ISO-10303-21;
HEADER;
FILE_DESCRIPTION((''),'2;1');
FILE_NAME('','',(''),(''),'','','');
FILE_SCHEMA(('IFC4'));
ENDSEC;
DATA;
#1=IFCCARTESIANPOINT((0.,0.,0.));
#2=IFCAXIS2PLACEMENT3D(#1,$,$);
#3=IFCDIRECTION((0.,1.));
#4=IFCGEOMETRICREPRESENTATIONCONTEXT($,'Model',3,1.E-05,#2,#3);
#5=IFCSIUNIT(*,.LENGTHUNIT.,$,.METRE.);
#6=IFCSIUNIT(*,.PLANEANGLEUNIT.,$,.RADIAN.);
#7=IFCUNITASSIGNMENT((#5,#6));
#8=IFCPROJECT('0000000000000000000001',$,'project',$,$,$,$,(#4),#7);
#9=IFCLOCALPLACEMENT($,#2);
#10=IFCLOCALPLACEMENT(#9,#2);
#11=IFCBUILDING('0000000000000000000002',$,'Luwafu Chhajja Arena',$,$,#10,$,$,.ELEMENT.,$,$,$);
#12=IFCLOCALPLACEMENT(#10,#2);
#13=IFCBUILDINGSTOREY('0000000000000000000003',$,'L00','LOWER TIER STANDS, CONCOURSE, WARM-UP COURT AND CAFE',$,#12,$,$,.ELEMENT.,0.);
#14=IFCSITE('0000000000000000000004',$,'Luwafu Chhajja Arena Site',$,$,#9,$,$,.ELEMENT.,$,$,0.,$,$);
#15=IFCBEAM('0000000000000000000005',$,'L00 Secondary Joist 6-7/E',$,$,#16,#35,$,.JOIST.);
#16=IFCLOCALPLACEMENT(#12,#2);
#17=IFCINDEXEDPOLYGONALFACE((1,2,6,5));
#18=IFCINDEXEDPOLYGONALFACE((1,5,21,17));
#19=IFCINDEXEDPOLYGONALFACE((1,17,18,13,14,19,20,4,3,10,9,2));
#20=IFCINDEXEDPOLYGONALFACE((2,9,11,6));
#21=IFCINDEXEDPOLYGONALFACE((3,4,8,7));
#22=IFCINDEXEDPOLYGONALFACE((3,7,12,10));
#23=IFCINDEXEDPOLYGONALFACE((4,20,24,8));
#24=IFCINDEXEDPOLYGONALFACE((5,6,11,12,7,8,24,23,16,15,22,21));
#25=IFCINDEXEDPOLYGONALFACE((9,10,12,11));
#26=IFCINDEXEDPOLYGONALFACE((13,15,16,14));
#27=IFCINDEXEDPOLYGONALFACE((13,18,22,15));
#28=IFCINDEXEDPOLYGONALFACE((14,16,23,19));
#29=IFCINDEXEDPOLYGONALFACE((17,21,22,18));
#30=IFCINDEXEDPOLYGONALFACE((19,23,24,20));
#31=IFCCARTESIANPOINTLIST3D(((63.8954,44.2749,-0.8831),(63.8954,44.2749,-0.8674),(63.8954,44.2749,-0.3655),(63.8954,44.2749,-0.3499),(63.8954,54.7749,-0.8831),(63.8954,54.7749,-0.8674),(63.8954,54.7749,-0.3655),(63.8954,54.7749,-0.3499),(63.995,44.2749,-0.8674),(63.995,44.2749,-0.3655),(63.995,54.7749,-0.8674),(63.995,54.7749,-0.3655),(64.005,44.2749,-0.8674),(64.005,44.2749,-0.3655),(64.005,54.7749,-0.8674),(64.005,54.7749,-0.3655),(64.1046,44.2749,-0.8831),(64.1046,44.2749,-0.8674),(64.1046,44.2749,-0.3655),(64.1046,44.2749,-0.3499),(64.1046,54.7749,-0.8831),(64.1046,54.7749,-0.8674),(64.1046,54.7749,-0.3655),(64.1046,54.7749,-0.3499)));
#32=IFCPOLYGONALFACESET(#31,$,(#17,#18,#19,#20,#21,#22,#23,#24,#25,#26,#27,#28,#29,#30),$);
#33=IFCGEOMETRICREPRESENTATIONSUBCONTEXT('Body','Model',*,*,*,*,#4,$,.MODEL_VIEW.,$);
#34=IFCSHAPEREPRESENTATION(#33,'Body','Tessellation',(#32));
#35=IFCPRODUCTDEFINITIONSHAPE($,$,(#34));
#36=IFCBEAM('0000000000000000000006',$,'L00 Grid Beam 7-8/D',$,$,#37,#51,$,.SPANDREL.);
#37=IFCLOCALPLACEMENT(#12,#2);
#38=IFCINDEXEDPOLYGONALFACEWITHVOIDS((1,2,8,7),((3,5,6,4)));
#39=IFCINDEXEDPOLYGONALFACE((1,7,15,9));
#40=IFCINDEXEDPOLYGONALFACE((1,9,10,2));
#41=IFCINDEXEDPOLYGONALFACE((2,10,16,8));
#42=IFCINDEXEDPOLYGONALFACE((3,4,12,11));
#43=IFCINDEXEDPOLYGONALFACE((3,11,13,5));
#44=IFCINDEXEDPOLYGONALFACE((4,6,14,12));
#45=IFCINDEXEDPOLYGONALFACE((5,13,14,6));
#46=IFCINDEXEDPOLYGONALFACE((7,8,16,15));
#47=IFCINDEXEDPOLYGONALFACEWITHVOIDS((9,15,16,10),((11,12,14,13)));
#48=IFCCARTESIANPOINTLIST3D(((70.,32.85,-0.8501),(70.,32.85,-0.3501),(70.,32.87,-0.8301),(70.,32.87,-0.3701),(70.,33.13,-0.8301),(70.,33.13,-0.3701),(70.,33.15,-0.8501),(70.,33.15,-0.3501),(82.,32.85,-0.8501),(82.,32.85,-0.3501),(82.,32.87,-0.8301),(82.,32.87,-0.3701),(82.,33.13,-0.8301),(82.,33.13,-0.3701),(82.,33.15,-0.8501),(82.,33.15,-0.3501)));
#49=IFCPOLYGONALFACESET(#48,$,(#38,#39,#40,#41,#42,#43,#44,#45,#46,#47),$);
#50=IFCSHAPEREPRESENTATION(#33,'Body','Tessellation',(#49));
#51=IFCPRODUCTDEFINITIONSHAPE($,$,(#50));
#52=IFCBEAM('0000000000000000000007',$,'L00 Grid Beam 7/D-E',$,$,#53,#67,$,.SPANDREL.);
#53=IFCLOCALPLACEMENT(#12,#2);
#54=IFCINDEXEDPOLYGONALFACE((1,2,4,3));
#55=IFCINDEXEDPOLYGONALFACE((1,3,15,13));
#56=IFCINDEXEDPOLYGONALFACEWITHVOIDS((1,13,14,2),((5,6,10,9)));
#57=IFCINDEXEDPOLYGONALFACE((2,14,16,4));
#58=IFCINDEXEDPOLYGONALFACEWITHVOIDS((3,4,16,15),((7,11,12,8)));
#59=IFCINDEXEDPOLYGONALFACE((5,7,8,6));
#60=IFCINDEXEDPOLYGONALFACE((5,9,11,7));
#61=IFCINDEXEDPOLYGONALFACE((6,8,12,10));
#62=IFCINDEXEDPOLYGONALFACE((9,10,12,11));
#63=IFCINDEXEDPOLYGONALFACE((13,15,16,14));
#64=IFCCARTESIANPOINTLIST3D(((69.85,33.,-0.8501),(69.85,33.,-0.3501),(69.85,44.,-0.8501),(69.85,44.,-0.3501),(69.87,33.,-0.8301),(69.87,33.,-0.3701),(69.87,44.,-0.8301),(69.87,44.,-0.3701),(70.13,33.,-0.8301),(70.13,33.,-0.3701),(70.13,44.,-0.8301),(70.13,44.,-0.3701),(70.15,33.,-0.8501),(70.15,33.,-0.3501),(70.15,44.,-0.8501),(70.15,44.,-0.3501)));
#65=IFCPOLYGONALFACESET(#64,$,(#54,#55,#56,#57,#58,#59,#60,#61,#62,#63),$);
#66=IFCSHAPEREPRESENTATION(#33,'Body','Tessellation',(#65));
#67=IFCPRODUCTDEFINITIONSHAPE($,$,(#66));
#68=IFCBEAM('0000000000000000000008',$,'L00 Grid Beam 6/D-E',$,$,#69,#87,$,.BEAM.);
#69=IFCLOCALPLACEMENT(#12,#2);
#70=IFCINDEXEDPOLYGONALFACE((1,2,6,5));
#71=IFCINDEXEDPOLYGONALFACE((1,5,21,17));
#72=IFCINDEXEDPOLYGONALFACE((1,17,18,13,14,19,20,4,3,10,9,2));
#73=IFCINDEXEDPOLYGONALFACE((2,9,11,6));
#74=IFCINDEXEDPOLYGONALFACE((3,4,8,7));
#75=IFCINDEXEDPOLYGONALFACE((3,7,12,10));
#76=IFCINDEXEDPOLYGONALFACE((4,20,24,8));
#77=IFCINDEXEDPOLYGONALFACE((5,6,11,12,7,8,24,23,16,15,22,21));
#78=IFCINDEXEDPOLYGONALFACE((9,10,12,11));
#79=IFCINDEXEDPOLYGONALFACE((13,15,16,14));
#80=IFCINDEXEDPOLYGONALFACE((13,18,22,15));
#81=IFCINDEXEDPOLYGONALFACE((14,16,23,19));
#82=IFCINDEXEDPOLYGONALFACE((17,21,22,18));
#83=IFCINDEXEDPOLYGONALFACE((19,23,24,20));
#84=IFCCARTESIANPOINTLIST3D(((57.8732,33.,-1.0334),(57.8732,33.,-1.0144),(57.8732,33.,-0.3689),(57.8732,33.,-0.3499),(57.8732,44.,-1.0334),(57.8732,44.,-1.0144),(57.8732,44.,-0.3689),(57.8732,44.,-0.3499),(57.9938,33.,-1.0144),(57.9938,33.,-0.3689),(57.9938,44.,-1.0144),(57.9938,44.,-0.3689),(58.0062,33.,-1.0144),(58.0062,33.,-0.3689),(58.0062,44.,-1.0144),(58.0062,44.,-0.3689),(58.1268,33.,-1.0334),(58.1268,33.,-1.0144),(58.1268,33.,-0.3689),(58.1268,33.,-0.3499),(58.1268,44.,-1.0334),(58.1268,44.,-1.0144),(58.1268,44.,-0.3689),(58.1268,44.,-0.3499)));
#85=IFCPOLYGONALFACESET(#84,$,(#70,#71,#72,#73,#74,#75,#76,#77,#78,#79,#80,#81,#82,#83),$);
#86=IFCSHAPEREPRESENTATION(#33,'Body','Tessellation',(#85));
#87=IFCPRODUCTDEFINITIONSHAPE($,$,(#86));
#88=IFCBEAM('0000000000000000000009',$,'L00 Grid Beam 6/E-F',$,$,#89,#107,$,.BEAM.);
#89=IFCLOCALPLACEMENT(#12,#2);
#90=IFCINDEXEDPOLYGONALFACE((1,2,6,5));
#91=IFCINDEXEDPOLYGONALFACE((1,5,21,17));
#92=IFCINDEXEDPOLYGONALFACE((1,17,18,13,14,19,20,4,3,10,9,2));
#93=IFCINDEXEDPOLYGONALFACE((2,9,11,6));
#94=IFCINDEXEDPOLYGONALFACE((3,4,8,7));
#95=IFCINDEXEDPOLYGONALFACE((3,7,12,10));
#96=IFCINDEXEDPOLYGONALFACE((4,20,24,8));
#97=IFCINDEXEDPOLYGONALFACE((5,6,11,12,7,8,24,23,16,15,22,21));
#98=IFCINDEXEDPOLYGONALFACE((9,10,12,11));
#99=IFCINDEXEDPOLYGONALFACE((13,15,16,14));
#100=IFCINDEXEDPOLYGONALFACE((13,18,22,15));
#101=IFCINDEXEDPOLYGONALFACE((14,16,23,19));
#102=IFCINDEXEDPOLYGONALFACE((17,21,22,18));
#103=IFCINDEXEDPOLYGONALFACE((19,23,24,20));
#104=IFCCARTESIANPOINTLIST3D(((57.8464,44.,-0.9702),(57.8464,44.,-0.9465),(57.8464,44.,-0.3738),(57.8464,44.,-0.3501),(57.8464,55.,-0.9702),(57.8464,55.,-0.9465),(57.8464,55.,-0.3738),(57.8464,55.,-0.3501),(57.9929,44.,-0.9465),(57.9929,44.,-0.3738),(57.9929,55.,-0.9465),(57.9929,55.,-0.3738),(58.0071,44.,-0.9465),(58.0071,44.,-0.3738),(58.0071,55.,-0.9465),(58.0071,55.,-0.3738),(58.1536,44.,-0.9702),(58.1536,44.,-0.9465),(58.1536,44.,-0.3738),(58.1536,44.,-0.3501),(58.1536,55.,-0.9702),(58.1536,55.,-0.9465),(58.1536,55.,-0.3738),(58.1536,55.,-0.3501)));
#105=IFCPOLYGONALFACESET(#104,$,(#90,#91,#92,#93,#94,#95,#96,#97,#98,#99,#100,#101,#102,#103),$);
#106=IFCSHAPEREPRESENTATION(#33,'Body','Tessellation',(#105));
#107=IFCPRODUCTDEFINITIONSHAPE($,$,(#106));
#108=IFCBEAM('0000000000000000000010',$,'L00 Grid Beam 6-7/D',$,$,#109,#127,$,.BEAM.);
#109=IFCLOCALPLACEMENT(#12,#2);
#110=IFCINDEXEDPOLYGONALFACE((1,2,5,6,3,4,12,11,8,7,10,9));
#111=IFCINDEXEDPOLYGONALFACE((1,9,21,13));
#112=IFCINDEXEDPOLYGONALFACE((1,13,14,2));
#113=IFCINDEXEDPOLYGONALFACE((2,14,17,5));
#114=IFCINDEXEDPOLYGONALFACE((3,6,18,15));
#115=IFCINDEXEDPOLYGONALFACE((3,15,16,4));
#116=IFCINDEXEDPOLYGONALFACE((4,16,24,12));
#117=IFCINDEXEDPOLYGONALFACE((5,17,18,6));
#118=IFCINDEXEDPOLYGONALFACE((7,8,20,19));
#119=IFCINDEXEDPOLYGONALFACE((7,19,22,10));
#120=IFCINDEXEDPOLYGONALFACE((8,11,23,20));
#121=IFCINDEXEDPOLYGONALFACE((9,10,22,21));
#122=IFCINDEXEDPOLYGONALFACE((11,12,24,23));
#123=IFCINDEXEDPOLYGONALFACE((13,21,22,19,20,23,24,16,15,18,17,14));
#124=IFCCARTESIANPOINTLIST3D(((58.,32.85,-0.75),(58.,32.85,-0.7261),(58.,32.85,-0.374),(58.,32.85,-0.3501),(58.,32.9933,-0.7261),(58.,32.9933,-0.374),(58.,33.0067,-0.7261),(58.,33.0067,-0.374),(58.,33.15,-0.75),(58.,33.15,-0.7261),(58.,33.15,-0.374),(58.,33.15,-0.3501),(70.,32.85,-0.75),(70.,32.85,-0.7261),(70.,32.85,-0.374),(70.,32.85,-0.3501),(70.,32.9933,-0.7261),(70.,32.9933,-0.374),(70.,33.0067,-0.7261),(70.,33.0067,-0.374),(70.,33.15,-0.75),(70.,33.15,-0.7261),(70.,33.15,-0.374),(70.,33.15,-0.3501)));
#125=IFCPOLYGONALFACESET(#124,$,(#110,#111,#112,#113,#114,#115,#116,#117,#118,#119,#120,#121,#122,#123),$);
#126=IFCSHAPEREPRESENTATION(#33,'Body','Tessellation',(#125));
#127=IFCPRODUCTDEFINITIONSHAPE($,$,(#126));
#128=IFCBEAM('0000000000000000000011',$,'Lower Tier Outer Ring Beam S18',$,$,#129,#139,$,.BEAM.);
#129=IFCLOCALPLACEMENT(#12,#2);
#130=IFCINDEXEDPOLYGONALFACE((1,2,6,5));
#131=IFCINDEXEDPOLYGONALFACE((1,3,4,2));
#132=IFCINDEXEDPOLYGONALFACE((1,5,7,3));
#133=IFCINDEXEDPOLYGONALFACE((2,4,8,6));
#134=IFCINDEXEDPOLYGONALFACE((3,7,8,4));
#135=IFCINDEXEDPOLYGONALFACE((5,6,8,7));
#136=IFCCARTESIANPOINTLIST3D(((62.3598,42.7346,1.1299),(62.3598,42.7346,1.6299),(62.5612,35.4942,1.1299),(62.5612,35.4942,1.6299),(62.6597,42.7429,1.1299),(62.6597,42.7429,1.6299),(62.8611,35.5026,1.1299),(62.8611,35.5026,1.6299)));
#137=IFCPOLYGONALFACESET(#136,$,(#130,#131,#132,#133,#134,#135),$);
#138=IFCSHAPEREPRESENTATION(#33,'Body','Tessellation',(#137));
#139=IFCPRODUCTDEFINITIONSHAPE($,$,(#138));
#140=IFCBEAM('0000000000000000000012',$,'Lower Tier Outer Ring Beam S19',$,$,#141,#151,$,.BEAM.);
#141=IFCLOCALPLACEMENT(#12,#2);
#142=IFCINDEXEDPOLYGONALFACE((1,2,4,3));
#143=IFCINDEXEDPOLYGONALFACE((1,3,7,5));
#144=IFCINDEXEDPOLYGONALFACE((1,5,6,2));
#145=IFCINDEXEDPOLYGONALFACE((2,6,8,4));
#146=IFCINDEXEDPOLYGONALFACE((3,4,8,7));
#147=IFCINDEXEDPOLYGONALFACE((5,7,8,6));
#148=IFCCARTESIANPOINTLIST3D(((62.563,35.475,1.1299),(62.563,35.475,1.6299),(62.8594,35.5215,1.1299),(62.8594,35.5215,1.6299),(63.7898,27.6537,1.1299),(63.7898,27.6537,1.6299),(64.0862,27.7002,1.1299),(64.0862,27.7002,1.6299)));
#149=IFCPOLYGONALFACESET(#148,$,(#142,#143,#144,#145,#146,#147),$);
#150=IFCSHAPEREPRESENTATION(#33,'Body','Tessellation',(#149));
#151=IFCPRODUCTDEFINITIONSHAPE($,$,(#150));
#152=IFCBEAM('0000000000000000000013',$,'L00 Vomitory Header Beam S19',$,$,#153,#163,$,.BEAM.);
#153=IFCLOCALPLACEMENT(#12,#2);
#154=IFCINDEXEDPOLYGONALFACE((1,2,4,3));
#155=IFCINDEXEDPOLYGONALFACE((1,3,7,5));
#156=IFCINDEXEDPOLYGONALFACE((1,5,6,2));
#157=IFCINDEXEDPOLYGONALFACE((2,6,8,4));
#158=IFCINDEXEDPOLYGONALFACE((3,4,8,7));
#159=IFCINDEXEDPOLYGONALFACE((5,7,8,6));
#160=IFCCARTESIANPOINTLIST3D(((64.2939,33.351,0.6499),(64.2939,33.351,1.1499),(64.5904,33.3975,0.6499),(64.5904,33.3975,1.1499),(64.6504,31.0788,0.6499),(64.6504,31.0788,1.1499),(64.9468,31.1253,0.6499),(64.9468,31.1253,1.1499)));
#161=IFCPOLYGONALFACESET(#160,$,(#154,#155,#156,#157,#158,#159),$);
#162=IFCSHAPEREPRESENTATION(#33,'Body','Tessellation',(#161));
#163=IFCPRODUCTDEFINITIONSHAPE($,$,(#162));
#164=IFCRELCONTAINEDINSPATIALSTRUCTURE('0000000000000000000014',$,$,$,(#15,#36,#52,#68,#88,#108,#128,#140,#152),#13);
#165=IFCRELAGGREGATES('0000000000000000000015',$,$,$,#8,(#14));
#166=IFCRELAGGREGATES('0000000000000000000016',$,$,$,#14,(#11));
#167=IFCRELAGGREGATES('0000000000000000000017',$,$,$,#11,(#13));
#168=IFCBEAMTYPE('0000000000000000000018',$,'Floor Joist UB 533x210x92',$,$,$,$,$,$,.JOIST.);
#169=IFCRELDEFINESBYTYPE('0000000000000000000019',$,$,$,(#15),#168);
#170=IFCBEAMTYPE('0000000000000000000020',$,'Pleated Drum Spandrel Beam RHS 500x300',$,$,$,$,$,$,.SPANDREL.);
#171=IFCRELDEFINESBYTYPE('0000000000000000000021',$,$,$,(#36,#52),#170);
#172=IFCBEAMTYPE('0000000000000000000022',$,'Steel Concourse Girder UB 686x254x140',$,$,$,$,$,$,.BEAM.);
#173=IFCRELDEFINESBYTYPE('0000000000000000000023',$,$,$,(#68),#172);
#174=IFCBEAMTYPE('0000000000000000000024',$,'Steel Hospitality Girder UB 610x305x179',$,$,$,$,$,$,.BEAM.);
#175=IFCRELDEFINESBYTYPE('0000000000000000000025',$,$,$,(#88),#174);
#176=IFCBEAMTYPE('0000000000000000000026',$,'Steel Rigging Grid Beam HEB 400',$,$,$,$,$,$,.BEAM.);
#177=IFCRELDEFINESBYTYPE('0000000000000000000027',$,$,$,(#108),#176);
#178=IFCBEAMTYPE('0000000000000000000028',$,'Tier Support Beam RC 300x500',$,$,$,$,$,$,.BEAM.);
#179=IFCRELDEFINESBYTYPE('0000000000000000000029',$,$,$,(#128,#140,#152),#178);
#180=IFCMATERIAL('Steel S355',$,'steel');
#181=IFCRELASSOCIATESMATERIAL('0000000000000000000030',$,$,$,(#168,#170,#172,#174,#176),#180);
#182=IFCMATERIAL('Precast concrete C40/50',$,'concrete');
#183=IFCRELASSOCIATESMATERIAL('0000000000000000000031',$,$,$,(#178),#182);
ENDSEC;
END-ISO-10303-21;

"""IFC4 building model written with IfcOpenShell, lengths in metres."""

from ifc_helpers import new_model, si_unit, direction, frame, origin, origin_2d, place, context, subcontext, project, spatial, rectangle, hollow_rectangle, i_section, extrude, material, material_profile, profile_set, type_object, element, save


model = new_model("IFC4")

# Units and contexts
model_context = context("Model", 3, precision=1e-05, world=origin(), true_north=direction((0.0, 1.0)))
body_context = subcontext(model_context, "Body", "Model", "MODEL_VIEW")
ifc_project = project(units=[si_unit("LENGTHUNIT", "METRE"), si_unit("PLANEANGLEUNIT", "RADIAN")], contexts=[model_context])

# Site, building, storey
site_placement = place(None, origin())
site = spatial("IfcSite", under=ifc_project, at=site_placement, Name="Luwafu Chhajja Arena Site", CompositionType="ELEMENT", RefElevation=0.0)
building_placement = place(site_placement, origin())
building = spatial("IfcBuilding", under=site, at=building_placement, Name="Luwafu Chhajja Arena", CompositionType="ELEMENT")
storey_placement = place(building_placement, origin())
storey = spatial("IfcBuildingStorey", under=building, at=storey_placement, Name="L00", Description="LOWER TIER STANDS, CONCOURSE, WARM-UP COURT AND CAFE", CompositionType="ELEMENT", Elevation=0.0)

# Beams
ifc_material_1 = material(Name="Precast concrete C40/50", Category="concrete")
ifc_material_2 = material(Name="Steel S355", Category="steel")
ifc_material_profile_1 = material_profile(ifc_material_2, i_section(OverallWidth=0.2092, OverallDepth=0.5332, WebThickness=0.01, FlangeThickness=0.0156, at=origin_2d()), Name="UB 533x210x92")
ifc_profile_set_1 = profile_set([ifc_material_profile_1], Name="Steel S355")
beam_type_1 = type_object("IfcBeamType", Name="Floor Joist UB 533x210x92", PredefinedType="JOIST", material=ifc_profile_set_1)
beam_1_placement = place(storey_placement, frame((64.0, 44.2749, -0.6165), z_axis=(0.0, 1.0, 0.0), x_axis=(-1.0, 0.0, 0.0)))
element("IfcBeam", 1, at=beam_1_placement, inside=storey, type_object=beam_type_1, Name="L00 Secondary Joist 6-7/E", PredefinedType="JOIST", context=body_context, shape_type="SweptSolid", body=[
    extrude(i_section(OverallWidth=0.2092, OverallDepth=0.5332, WebThickness=0.01, FlangeThickness=0.0156, at=origin_2d()), origin(), (0.0, 0.0, 1.0), 10.5),
])
ifc_material_profile_2 = material_profile(ifc_material_2, hollow_rectangle(XDim=0.3, YDim=0.5, WallThickness=0.02, at=origin_2d()), Name="RHS 500x300x20")
ifc_profile_set_2 = profile_set([ifc_material_profile_2], Name="Steel S355")
beam_type_2 = type_object("IfcBeamType", Name="Pleated Drum Spandrel Beam RHS 500x300", PredefinedType="SPANDREL", material=ifc_profile_set_2)
beam_2_placement = place(storey_placement, frame((70.0, 33.0, -0.6001), z_axis=(1.0, 0.0, 0.0), x_axis=(0.0, 1.0, 0.0)))
element("IfcBeam", 2, at=beam_2_placement, inside=storey, type_object=beam_type_2, Name="L00 Grid Beam 7-8/D", PredefinedType="SPANDREL", context=body_context, shape_type="SweptSolid", body=[
    extrude(hollow_rectangle(XDim=0.3, YDim=0.5, WallThickness=0.02, at=origin_2d()), origin(), (0.0, 0.0, 1.0), 12.0),
])
beam_3_placement = place(storey_placement, frame((70.0, 33.0, -0.6001), z_axis=(0.0, 1.0, 0.0), x_axis=(-1.0, 0.0, 0.0)))
element("IfcBeam", 3, at=beam_3_placement, inside=storey, type_object=beam_type_2, Name="L00 Grid Beam 7/D-E", PredefinedType="SPANDREL", context=body_context, shape_type="SweptSolid", body=[
    extrude(hollow_rectangle(XDim=0.3, YDim=0.5, WallThickness=0.02, at=origin_2d()), origin(), (0.0, 0.0, 1.0), 11.0),
])
ifc_material_profile_3 = material_profile(ifc_material_2, i_section(OverallWidth=0.2537, OverallDepth=0.6836, WebThickness=0.0125, FlangeThickness=0.019, at=origin_2d()), Name="UB 686x254x140")
ifc_profile_set_3 = profile_set([ifc_material_profile_3], Name="Steel S355")
beam_type_3 = type_object("IfcBeamType", Name="Steel Concourse Girder UB 686x254x140", PredefinedType="BEAM", material=ifc_profile_set_3)
beam_4_placement = place(storey_placement, frame((58.0, 33.0, -0.6917), z_axis=(0.0, 1.0, 0.0), x_axis=(-1.0, 0.0, 0.0)))
element("IfcBeam", 4, at=beam_4_placement, inside=storey, type_object=beam_type_3, Name="L00 Grid Beam 6/D-E", PredefinedType="BEAM", context=body_context, shape_type="SweptSolid", body=[
    extrude(i_section(OverallWidth=0.2537, OverallDepth=0.6836, WebThickness=0.0125, FlangeThickness=0.019, at=origin_2d()), origin(), (0.0, 0.0, 1.0), 11.0),
])
ifc_material_profile_4 = material_profile(ifc_material_2, i_section(OverallWidth=0.3071, OverallDepth=0.6201, WebThickness=0.0142, FlangeThickness=0.0237, at=origin_2d()), Name="UB 610x305x179")
ifc_profile_set_4 = profile_set([ifc_material_profile_4], Name="Steel S355")
beam_type_4 = type_object("IfcBeamType", Name="Steel Hospitality Girder UB 610x305x179", PredefinedType="BEAM", material=ifc_profile_set_4)
beam_5_placement = place(storey_placement, frame((58.0, 44.0, -0.6602), z_axis=(0.0, 1.0, 0.0), x_axis=(-1.0, 0.0, 0.0)))
element("IfcBeam", 5, at=beam_5_placement, inside=storey, type_object=beam_type_4, Name="L00 Grid Beam 6/E-F", PredefinedType="BEAM", context=body_context, shape_type="SweptSolid", body=[
    extrude(i_section(OverallWidth=0.3071, OverallDepth=0.6201, WebThickness=0.0142, FlangeThickness=0.0237, at=origin_2d()), origin(), (0.0, 0.0, 1.0), 11.0),
])
ifc_material_profile_5 = material_profile(ifc_material_2, i_section(OverallWidth=0.3, OverallDepth=0.3999, WebThickness=0.0134, FlangeThickness=0.0239, at=origin_2d()), Name="HEB 400")
ifc_profile_set_5 = profile_set([ifc_material_profile_5], Name="Steel S355")
beam_type_5 = type_object("IfcBeamType", Name="Steel Rigging Grid Beam HEB 400", PredefinedType="BEAM", material=ifc_profile_set_5)
beam_6_placement = place(storey_placement, frame((58.0, 33.0, -0.55), z_axis=(1.0, 0.0, 0.0), x_axis=(0.0, 1.0, 0.0)))
element("IfcBeam", 6, at=beam_6_placement, inside=storey, type_object=beam_type_5, Name="L00 Grid Beam 6-7/D", PredefinedType="BEAM", context=body_context, shape_type="SweptSolid", body=[
    extrude(i_section(OverallWidth=0.3, OverallDepth=0.3999, WebThickness=0.0134, FlangeThickness=0.0239, at=origin_2d()), origin(), (0.0, 0.0, 1.0), 12.0),
])
ifc_material_profile_6 = material_profile(ifc_material_1, rectangle(XDim=0.3, YDim=0.5, at=origin_2d()), Name="RC 300x500")
ifc_profile_set_6 = profile_set([ifc_material_profile_6], Name="Precast concrete C40/50")
beam_type_6 = type_object("IfcBeamType", Name="Tier Support Beam RC 300x500", PredefinedType="BEAM", material=ifc_profile_set_6)
beam_7_placement = place(storey_placement, frame((62.5098, 42.7388, 1.3799), z_axis=(0.027807, -0.999613, 0.0), x_axis=(0.999613, 0.027807, 0.0)))
element("IfcBeam", 7, at=beam_7_placement, inside=storey, type_object=beam_type_6, Name="Lower Tier Outer Ring Beam S18", PredefinedType="BEAM", context=body_context, shape_type="SweptSolid", body=[
    extrude(rectangle(XDim=0.3, YDim=0.5, at=origin_2d()), origin(), (0.0, 0.0, 1.0), 7.2432),
])
beam_8_placement = place(storey_placement, frame((62.7112, 35.4983, 1.3799), z_axis=(0.15496, -0.987921, 0.0), x_axis=(0.987921, 0.15496, 0.0)))
element("IfcBeam", 8, at=beam_8_placement, inside=storey, type_object=beam_type_6, Name="Lower Tier Outer Ring Beam S19", PredefinedType="BEAM", context=body_context, shape_type="SweptSolid", body=[
    extrude(rectangle(XDim=0.3, YDim=0.5, at=origin_2d()), origin(), (0.0, 0.0, 1.0), 7.917),
])
beam_9_placement = place(storey_placement, frame((64.4421, 33.3743, 0.8999), z_axis=(0.154976, -0.987918, 0.0), x_axis=(0.987918, 0.154976, 0.0)))
element("IfcBeam", 9, at=beam_9_placement, inside=storey, type_object=beam_type_6, Name="L00 Vomitory Header Beam S19", PredefinedType="BEAM", context=body_context, shape_type="SweptSolid", body=[
    extrude(rectangle(XDim=0.3, YDim=0.5, at=origin_2d()), origin(), (0.0, 0.0, 1.0), 2.3),
])

save(model, "model.ifc")
